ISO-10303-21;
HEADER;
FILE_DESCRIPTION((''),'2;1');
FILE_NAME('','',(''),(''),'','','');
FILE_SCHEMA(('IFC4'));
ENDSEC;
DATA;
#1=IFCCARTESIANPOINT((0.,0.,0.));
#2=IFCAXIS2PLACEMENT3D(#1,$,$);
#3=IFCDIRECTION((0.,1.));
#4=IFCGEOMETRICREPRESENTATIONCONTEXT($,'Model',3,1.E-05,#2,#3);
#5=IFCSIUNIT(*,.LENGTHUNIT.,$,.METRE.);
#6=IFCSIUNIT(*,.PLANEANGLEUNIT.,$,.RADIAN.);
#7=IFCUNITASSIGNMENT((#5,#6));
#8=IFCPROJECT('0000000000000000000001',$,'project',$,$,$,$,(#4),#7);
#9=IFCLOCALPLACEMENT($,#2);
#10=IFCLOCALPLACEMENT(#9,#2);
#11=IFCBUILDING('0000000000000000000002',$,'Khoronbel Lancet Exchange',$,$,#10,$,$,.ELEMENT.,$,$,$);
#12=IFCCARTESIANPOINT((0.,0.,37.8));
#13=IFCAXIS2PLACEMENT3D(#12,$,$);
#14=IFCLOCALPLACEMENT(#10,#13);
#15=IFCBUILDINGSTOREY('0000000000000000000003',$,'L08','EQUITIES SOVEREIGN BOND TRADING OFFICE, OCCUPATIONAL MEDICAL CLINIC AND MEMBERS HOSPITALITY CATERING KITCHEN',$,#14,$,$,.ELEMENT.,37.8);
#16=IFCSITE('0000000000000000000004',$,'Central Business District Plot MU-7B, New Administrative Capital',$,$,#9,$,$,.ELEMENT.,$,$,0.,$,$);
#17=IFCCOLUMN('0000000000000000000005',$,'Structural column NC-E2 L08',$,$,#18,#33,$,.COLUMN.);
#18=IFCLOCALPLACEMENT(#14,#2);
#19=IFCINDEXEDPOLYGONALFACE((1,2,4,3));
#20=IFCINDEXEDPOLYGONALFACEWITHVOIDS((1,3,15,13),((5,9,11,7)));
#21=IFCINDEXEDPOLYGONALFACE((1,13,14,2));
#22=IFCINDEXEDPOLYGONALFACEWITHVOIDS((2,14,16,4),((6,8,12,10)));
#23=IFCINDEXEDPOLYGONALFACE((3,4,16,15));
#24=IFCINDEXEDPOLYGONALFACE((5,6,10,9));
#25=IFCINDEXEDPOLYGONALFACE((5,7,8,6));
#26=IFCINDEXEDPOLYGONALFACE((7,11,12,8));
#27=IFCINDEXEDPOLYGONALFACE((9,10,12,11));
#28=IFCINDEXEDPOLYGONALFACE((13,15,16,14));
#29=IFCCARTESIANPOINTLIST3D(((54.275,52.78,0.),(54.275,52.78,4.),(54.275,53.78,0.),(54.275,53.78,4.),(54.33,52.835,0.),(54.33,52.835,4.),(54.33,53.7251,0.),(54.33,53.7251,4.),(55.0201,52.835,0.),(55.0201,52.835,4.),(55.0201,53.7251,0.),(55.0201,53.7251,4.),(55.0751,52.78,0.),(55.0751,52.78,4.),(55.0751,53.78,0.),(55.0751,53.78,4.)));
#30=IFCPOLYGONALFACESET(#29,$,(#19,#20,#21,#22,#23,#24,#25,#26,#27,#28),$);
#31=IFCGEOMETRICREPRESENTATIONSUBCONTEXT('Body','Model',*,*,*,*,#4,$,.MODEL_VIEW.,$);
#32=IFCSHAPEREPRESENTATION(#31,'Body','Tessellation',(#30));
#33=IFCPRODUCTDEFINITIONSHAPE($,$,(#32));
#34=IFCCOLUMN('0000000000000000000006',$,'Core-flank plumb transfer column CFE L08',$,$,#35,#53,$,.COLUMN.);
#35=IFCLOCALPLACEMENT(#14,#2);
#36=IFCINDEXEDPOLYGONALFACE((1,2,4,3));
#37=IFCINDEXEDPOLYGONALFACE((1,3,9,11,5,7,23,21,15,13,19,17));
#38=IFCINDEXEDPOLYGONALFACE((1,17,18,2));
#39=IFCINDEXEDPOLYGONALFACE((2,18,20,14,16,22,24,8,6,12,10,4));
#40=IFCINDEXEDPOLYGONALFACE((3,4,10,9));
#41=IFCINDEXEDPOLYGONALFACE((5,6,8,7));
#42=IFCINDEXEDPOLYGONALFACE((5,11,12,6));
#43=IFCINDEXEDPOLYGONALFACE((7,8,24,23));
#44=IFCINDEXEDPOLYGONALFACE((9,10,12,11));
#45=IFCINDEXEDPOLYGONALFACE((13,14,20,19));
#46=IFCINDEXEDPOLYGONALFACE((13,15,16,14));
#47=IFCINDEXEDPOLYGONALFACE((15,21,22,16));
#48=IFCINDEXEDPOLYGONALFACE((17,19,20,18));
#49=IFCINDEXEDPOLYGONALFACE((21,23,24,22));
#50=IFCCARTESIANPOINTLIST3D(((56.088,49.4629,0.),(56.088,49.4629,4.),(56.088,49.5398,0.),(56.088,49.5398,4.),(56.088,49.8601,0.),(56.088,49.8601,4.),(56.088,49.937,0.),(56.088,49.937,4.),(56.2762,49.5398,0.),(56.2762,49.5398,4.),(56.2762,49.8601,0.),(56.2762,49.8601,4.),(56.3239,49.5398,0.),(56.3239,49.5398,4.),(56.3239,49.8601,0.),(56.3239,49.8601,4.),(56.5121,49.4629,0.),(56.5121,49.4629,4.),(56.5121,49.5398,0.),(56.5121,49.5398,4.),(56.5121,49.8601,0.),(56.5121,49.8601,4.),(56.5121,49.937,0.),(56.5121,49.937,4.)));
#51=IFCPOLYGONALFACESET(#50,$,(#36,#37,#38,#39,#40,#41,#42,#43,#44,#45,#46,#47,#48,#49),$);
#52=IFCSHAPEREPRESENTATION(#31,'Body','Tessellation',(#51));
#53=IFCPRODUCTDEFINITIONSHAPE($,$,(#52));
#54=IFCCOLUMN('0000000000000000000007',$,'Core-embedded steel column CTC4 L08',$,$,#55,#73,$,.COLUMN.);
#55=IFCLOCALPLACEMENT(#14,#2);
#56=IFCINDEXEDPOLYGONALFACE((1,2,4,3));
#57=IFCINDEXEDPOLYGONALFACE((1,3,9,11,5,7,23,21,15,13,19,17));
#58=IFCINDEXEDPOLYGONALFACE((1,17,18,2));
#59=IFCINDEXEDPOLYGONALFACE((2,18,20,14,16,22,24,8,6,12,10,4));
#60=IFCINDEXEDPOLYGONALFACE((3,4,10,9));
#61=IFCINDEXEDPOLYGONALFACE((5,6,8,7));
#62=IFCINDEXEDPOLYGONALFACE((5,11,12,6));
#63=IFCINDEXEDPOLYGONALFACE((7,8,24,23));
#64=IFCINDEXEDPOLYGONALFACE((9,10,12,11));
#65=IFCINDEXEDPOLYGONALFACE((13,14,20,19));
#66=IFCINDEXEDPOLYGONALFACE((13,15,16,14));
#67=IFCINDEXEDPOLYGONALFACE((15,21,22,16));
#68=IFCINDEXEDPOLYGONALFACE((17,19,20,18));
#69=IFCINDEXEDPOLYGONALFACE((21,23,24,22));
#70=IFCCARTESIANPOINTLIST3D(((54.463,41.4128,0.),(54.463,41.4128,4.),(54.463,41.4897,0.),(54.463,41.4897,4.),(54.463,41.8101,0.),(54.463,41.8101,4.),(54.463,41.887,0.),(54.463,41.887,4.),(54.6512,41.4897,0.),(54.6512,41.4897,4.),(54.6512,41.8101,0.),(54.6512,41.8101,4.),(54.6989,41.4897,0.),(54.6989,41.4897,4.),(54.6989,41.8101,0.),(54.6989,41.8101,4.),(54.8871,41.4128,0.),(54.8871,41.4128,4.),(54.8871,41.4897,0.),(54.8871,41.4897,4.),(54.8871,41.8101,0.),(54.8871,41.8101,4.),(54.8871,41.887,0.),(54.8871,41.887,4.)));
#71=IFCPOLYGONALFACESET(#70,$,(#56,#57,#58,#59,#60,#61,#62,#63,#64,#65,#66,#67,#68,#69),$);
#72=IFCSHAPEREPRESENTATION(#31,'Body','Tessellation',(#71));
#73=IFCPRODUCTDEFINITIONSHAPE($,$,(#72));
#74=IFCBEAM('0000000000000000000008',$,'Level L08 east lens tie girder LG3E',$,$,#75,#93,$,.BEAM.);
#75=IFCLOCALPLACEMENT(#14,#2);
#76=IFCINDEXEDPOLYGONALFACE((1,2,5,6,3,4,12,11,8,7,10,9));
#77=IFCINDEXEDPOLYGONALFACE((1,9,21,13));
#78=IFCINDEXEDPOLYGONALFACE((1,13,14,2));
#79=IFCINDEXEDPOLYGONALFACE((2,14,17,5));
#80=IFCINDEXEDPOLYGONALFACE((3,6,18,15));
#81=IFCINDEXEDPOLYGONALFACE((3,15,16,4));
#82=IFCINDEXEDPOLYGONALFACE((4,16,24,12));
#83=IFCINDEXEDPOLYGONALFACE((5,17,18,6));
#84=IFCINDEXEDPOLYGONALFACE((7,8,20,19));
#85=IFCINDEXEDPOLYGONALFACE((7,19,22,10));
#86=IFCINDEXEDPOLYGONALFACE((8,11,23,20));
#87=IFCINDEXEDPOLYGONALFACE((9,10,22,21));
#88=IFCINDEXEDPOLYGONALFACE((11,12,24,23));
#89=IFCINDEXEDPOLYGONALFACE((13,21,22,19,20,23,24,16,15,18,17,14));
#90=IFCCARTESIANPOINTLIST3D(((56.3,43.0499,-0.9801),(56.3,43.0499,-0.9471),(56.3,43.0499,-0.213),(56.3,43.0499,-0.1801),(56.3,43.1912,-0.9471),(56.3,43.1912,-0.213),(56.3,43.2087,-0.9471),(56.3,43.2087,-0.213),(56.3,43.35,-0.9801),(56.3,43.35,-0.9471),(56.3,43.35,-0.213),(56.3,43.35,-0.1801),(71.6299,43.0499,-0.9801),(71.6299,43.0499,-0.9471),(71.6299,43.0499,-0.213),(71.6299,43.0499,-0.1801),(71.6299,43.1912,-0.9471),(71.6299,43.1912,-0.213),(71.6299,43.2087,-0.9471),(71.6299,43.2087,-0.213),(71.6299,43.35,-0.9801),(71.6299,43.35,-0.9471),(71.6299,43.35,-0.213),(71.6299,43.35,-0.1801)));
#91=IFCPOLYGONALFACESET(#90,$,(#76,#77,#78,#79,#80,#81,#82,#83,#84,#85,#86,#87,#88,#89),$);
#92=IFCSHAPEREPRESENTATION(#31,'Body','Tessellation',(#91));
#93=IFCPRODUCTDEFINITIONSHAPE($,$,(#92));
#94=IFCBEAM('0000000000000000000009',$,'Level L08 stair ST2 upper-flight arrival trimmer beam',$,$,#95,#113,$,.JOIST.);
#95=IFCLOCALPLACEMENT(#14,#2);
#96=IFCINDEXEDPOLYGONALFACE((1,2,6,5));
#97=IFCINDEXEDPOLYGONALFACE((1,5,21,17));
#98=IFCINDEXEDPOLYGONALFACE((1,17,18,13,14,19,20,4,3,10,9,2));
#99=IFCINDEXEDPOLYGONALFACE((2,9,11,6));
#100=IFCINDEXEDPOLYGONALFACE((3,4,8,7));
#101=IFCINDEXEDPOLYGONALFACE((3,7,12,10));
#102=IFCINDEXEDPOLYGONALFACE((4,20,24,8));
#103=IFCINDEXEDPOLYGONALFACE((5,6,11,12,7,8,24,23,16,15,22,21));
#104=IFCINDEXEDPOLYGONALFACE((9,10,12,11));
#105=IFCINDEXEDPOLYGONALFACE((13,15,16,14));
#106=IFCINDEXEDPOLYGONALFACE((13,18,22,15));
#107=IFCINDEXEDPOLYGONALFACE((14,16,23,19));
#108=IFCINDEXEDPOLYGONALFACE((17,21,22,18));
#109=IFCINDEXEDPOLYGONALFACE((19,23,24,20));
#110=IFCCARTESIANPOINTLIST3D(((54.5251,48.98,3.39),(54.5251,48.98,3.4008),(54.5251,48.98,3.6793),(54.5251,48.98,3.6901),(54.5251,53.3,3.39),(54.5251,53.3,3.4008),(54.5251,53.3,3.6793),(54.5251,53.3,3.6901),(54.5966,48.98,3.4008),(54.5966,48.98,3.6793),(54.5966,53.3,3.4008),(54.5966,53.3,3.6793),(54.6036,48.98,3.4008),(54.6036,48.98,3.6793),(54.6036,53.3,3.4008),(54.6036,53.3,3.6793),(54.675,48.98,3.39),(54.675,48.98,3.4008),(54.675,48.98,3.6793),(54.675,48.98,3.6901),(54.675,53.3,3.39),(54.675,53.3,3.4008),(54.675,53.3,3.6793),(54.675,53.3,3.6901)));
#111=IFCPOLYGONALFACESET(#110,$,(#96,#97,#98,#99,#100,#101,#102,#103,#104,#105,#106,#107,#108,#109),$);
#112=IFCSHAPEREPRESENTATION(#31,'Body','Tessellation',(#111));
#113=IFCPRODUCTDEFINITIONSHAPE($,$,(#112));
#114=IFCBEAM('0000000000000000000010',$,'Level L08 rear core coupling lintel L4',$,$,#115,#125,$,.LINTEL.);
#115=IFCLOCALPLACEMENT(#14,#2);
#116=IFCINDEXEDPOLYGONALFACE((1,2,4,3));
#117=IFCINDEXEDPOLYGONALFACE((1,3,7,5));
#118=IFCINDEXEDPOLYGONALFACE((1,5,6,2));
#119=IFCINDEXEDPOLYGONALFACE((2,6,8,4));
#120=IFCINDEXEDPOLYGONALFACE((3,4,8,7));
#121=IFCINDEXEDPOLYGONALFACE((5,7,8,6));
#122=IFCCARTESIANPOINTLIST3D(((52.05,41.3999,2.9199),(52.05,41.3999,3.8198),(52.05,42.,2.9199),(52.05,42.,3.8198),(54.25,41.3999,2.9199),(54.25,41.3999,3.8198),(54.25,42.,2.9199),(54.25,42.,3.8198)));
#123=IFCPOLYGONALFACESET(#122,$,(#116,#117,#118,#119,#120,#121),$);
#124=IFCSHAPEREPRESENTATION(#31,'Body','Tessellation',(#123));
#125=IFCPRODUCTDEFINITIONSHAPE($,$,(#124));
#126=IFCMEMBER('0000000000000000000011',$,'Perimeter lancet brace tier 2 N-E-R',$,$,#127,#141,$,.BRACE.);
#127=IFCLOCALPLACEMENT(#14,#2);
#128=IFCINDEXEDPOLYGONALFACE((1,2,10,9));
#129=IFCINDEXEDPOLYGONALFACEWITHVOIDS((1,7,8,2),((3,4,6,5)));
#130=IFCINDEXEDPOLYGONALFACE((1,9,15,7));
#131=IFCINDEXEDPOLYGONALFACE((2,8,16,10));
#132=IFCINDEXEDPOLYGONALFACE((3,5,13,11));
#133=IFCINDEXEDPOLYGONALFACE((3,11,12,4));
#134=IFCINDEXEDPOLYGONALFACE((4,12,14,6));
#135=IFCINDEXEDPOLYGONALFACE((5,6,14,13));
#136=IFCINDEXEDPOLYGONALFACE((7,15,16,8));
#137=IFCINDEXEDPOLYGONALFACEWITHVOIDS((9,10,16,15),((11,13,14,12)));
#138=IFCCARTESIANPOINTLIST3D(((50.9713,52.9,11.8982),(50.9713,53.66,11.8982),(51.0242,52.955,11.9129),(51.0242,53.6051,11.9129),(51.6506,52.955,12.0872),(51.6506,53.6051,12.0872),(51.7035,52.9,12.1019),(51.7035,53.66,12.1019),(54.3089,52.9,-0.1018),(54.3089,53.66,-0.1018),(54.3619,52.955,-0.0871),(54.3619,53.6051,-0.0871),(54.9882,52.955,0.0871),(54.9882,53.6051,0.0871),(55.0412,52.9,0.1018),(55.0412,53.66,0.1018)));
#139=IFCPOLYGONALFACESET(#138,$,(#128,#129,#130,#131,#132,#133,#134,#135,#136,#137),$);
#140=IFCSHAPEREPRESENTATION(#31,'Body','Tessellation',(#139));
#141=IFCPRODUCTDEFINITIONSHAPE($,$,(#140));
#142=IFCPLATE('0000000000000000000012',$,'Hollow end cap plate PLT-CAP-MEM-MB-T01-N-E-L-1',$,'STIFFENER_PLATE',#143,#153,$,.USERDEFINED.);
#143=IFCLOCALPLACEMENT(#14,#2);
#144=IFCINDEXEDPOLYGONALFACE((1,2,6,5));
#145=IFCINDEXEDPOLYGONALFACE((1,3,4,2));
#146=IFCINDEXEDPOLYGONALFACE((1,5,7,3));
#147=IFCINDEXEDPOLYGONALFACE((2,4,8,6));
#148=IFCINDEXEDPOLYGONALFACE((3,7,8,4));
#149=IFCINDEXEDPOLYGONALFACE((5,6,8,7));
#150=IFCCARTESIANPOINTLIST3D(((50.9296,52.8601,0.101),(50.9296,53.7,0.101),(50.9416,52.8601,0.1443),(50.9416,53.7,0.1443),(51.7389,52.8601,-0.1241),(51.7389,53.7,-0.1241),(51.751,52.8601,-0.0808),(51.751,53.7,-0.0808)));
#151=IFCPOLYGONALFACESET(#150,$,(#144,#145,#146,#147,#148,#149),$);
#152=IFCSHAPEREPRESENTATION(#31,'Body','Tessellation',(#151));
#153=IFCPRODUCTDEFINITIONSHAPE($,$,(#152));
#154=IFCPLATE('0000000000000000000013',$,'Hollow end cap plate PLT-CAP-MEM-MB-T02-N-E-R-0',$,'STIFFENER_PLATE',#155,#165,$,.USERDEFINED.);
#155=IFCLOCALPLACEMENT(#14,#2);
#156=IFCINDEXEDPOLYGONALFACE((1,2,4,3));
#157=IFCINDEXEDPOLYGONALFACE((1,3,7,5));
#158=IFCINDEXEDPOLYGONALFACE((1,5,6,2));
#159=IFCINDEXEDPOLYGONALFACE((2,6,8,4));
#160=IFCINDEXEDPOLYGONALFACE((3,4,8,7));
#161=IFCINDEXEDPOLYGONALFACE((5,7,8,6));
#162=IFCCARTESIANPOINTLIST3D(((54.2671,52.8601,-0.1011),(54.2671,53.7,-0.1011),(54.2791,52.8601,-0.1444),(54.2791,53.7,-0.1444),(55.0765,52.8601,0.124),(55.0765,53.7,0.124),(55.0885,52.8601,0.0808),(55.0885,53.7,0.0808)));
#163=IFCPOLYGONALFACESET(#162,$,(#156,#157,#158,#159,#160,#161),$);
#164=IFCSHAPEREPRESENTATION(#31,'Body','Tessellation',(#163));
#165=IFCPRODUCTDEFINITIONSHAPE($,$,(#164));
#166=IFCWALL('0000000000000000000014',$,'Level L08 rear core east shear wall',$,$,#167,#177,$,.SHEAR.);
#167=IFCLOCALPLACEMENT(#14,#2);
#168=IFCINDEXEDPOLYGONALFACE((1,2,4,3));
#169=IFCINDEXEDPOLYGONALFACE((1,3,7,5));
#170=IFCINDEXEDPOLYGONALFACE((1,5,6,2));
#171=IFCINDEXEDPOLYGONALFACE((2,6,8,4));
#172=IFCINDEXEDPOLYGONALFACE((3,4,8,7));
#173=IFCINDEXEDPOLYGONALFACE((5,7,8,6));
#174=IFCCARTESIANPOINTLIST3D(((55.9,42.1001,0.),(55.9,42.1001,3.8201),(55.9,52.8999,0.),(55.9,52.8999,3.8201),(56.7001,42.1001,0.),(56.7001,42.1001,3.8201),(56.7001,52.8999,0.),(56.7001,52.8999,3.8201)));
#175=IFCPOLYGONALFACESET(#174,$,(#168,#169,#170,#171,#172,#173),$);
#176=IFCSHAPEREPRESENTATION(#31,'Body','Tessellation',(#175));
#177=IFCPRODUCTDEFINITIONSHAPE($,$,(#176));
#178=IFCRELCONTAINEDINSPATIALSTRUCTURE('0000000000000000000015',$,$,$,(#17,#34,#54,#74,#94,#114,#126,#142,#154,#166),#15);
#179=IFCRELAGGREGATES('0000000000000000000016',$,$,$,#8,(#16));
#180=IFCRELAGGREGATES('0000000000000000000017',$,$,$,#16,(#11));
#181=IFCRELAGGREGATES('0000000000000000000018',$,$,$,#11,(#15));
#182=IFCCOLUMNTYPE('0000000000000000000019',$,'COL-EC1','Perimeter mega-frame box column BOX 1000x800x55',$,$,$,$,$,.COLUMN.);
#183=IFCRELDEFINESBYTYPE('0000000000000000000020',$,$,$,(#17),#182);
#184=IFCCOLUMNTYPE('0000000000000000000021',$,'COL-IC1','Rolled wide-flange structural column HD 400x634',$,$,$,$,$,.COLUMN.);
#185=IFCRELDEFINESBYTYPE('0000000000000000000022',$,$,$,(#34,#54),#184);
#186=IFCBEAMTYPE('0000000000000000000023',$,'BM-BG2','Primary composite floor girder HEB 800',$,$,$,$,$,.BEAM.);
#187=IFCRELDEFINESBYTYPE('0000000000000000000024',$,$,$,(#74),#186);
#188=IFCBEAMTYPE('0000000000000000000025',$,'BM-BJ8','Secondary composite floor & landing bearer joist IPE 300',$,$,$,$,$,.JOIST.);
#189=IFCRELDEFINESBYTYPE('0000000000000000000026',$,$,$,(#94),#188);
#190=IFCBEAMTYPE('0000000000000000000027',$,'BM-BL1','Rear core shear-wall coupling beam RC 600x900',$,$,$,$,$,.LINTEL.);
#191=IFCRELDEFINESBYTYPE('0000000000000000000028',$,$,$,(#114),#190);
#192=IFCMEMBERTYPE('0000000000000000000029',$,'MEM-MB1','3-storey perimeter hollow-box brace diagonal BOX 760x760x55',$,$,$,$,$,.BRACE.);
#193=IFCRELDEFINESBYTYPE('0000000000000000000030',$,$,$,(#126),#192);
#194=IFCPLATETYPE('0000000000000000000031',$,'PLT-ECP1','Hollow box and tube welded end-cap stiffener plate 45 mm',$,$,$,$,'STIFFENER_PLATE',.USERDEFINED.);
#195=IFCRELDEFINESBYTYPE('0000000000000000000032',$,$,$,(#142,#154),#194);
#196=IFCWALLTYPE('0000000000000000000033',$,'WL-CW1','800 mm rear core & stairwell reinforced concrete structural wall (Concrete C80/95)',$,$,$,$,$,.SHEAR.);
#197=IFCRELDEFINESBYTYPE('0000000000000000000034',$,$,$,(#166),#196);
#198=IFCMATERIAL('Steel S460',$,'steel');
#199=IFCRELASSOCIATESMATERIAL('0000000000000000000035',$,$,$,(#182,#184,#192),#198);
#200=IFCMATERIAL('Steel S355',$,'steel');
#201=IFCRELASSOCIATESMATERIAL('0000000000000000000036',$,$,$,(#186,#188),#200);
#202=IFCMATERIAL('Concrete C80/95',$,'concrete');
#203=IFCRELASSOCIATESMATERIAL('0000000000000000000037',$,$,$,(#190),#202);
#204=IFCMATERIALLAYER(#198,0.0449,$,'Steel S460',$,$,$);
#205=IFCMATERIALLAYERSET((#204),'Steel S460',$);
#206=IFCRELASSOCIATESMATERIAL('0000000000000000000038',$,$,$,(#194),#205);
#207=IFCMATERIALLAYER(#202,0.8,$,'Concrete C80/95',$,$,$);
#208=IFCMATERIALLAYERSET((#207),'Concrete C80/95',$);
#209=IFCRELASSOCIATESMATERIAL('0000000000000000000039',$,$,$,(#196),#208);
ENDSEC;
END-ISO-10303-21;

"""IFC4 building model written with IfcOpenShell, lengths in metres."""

from ifc_helpers import new_model, si_unit, direction, frame, frame_2d, origin, origin_2d, place, context, subcontext, project, spatial, polyline, rectangle, hollow_rectangle, i_section, outline, extrude, material, layer, layer_set, material_profile, profile_set, type_object, element, save


model = new_model("IFC4")

# Units and contexts
model_context = context("Model", 3, precision=1e-05, world=origin(), true_north=direction((0.0, 1.0)))
body_context = subcontext(model_context, "Body", "Model", "MODEL_VIEW")
ifc_project = project(units=[si_unit("LENGTHUNIT", "METRE"), si_unit("PLANEANGLEUNIT", "RADIAN")], contexts=[model_context])

# Site, building, storey
site_placement = place(None, origin())
site = spatial("IfcSite", under=ifc_project, at=site_placement, Name="Central Business District Plot MU-7B, New Administrative Capital", CompositionType="ELEMENT", RefElevation=0.0)
building_placement = place(site_placement, origin())
building = spatial("IfcBuilding", under=site, at=building_placement, Name="Khoronbel Lancet Exchange", CompositionType="ELEMENT")
storey_placement = place(building_placement, frame((0.0, 0.0, 37.8)))
storey = spatial("IfcBuildingStorey", under=building, at=storey_placement, Name="L08", Description="EQUITIES SOVEREIGN BOND TRADING OFFICE, OCCUPATIONAL MEDICAL CLINIC AND MEMBERS HOSPITALITY CATERING KITCHEN", CompositionType="ELEMENT", Elevation=37.8)

# Columns
ifc_material_1 = material(Name="Steel S460", Category="steel")
ifc_material_profile_1 = material_profile(ifc_material_1, hollow_rectangle(XDim=0.8, YDim=1.0, WallThickness=0.0549, at=origin_2d()), Name="BOX 1000x800x55")
ifc_profile_set_1 = profile_set([ifc_material_profile_1], Name="Steel S460")
column_type_1 = type_object("IfcColumnType", Name="COL-EC1", Description="Perimeter mega-frame box column BOX 1000x800x55", PredefinedType="COLUMN", material=ifc_profile_set_1)
column_placement = place(storey_placement, frame((54.675, 53.28, 0.0), z_axis=(0.0, 0.0, 1.0), x_axis=(1.0, 0.0, 0.0)))
element("IfcColumn", 1, at=column_placement, inside=storey, type_object=column_type_1, Name="Structural column NC-E2 L08", PredefinedType="COLUMN", context=body_context, shape_type="SweptSolid", body=[
    extrude(hollow_rectangle(XDim=0.8, YDim=1.0, WallThickness=0.0549, at=origin_2d()), origin(), (0.0, 0.0, 1.0), 4.0),
])
ifc_material_profile_2 = material_profile(ifc_material_1, i_section(OverallWidth=0.4241, OverallDepth=0.4741, WebThickness=0.0476, FlangeThickness=0.0769, at=origin_2d()), Name="HD 400x634")
ifc_profile_set_2 = profile_set([ifc_material_profile_2], Name="Steel S460")
column_type_2 = type_object("IfcColumnType", Name="COL-IC1", Description="Rolled wide-flange structural column HD 400x634", PredefinedType="COLUMN", material=ifc_profile_set_2)
for number, where, z_axis, x_axis, name in (
    (2, (56.3, 49.7, 0.0), (0.0, 0.0, 1.0), (1.0, 0.0, 0.0), "Core-flank plumb transfer column CFE L08"),
    (3, (54.675, 41.6499, 0.0), (0.0, 0.0, 1.0), (1.0, 0.0, 0.0), "Core-embedded steel column CTC4 L08"),
):
    element("IfcColumn", number, at=place(storey_placement, frame(where, z_axis=z_axis, x_axis=x_axis)), inside=storey, type_object=column_type_2, Name=name, PredefinedType="COLUMN", context=body_context, shape_type="SweptSolid", body=[
        extrude(i_section(OverallWidth=0.4241, OverallDepth=0.4741, WebThickness=0.0476, FlangeThickness=0.0769, at=origin_2d()), origin(), (0.0, 0.0, 1.0), 4.0),
    ])

# Beams
ifc_material_2 = material(Name="Steel S355", Category="steel")
ifc_material_profile_3 = material_profile(ifc_material_2, i_section(OverallWidth=0.3, OverallDepth=0.8, WebThickness=0.0176, FlangeThickness=0.033, at=origin_2d()), Name="HEB 800")
ifc_profile_set_3 = profile_set([ifc_material_profile_3], Name="Steel S355")
beam_type_1 = type_object("IfcBeamType", Name="BM-BG2", Description="Primary composite floor girder HEB 800", PredefinedType="BEAM", material=ifc_profile_set_3)
beam_1_placement = place(storey_placement, frame((56.3, 43.2, -0.5801), z_axis=(1.0, 0.0, 0.0), x_axis=(0.0, 1.0, 0.0)))
element("IfcBeam", 4, at=beam_1_placement, inside=storey, type_object=beam_type_1, Name="Level L08 east lens tie girder LG3E", PredefinedType="BEAM", context=body_context, shape_type="SweptSolid", body=[
    extrude(i_section(OverallWidth=0.3, OverallDepth=0.8, WebThickness=0.0176, FlangeThickness=0.033, at=origin_2d()), origin(), (0.0, 0.0, 1.0), 15.3298),
])
ifc_material_profile_4 = material_profile(ifc_material_2, i_section(OverallWidth=0.1499, OverallDepth=0.3, WebThickness=0.0071, FlangeThickness=0.0107, at=origin_2d()), Name="IPE 300")
ifc_profile_set_4 = profile_set([ifc_material_profile_4], Name="Steel S355")
beam_type_2 = type_object("IfcBeamType", Name="BM-BJ8", Description="Secondary composite floor & landing bearer joist IPE 300", PredefinedType="JOIST", material=ifc_profile_set_4)
beam_2_placement = place(storey_placement, frame((54.6001, 48.98, 3.54), z_axis=(0.0, 1.0, 0.0), x_axis=(-1.0, 0.0, 0.0)))
element("IfcBeam", 5, at=beam_2_placement, inside=storey, type_object=beam_type_2, Name="Level L08 stair ST2 upper-flight arrival trimmer beam", PredefinedType="JOIST", context=body_context, shape_type="SweptSolid", body=[
    extrude(i_section(OverallWidth=0.1499, OverallDepth=0.3, WebThickness=0.0071, FlangeThickness=0.0107, at=origin_2d()), origin(), (0.0, 0.0, 1.0), 4.3201),
])
ifc_material_3 = material(Name="Concrete C80/95", Category="concrete")
ifc_material_profile_5 = material_profile(ifc_material_3, rectangle(XDim=0.6001, YDim=0.8999, at=origin_2d()), Name="RC 600x900")
ifc_profile_set_5 = profile_set([ifc_material_profile_5], Name="Concrete C80/95")
beam_type_3 = type_object("IfcBeamType", Name="BM-BL1", Description="Rear core shear-wall coupling beam RC 600x900", PredefinedType="LINTEL", material=ifc_profile_set_5)
beam_3_placement = place(storey_placement, frame((52.05, 41.7, 3.3699), z_axis=(1.0, 0.0, 0.0), x_axis=(0.0, 1.0, 0.0)))
element("IfcBeam", 6, at=beam_3_placement, inside=storey, type_object=beam_type_3, Name="Level L08 rear core coupling lintel L4", PredefinedType="LINTEL", context=body_context, shape_type="SweptSolid", body=[
    extrude(rectangle(XDim=0.6001, YDim=0.8999, at=origin_2d()), origin(), (0.0, 0.0, 1.0), 2.2),
])

# Member
ifc_material_profile_6 = material_profile(ifc_material_1, hollow_rectangle(XDim=0.76, YDim=0.76, WallThickness=0.0549, at=origin_2d()), Name="BOX 760x760x55")
ifc_profile_set_6 = profile_set([ifc_material_profile_6], Name="Steel S460")
member_type = type_object("IfcMemberType", Name="MEM-MB1", Description="3-storey perimeter hollow-box brace diagonal BOX 760x760x55", PredefinedType="BRACE", material=ifc_profile_set_6)
member_placement = place(storey_placement, frame((54.675, 53.28, 0.0), z_axis=(-0.267965, 0.0, 0.963429), x_axis=(0.0, -1.0, 0.0)))
element("IfcMember", 7, at=member_placement, inside=storey, type_object=member_type, Name="Perimeter lancet brace tier 2 N-E-R", PredefinedType="BRACE", context=body_context, shape_type="SweptSolid", body=[
    extrude(hollow_rectangle(XDim=0.76, YDim=0.76, WallThickness=0.0549, at=origin_2d()), origin(), (0.0, 0.0, 1.0), 12.4556),
])

# Plates
ifc_layer_1 = layer(ifc_material_1, 0.0449, Name="Steel S460")
ifc_layer_set_1 = layer_set([ifc_layer_1], Name="Steel S460")
plate_type = type_object("IfcPlateType", Name="PLT-ECP1", Description="Hollow box and tube welded end-cap stiffener plate 45 mm", ElementType="STIFFENER_PLATE", PredefinedType="USERDEFINED", material=ifc_layer_set_1)
for number, where, z_axis, x_axis, name in (
    (8, (51.751, 52.8601, -0.0808), (0.267959, 0.0, 0.96343), (0.0, 1.0, 0.0), "Hollow end cap plate PLT-CAP-MEM-MB-T01-N-E-L-1"),
    (9, (54.2671, 53.7, -0.1011), (-0.267959, 0.0, 0.96343), (0.0, -1.0, 0.0), "Hollow end cap plate PLT-CAP-MEM-MB-T02-N-E-R-0"),
):
    element("IfcPlate", number, at=place(storey_placement, frame(where, z_axis=z_axis, x_axis=x_axis)), inside=storey, type_object=plate_type, Name=name, ObjectType="STIFFENER_PLATE", PredefinedType="USERDEFINED", context=body_context, shape_type="SweptSolid", body=[
        extrude(outline(polyline([(0.0, 0.0), (0.8398, 0.0), (0.8398, 0.8401), (0.0, 0.8401), (0.0, 0.0)])), origin(), (0.0, 0.0, -1.0), 0.0449),
    ])

# Wall
ifc_layer_2 = layer(ifc_material_3, 0.8, Name="Concrete C80/95")
ifc_layer_set_2 = layer_set([ifc_layer_2], Name="Concrete C80/95")
wall_type_1 = type_object("IfcWallType", Name="WL-CW1", Description="800 mm rear core & stairwell reinforced concrete structural wall (Concrete C80/95)", PredefinedType="SHEAR", material=ifc_layer_set_2)
wall_1_placement = place(storey_placement, frame((56.3, 52.8999, 0.0), z_axis=(0.0, 0.0, 1.0), x_axis=(0.0, -1.0, 0.0)))
element("IfcWall", 10, at=wall_1_placement, inside=storey, type_object=wall_type_1, Name="Level L08 rear core east shear wall", PredefinedType="SHEAR", context=body_context, shape_type="SweptSolid", body=[
    extrude(rectangle(XDim=10.7998, YDim=0.8, at=frame_2d((5.3999, 0.0))), origin(), (0.0, 0.0, 1.0), 3.8201),
])

save(model, "model.ifc")
